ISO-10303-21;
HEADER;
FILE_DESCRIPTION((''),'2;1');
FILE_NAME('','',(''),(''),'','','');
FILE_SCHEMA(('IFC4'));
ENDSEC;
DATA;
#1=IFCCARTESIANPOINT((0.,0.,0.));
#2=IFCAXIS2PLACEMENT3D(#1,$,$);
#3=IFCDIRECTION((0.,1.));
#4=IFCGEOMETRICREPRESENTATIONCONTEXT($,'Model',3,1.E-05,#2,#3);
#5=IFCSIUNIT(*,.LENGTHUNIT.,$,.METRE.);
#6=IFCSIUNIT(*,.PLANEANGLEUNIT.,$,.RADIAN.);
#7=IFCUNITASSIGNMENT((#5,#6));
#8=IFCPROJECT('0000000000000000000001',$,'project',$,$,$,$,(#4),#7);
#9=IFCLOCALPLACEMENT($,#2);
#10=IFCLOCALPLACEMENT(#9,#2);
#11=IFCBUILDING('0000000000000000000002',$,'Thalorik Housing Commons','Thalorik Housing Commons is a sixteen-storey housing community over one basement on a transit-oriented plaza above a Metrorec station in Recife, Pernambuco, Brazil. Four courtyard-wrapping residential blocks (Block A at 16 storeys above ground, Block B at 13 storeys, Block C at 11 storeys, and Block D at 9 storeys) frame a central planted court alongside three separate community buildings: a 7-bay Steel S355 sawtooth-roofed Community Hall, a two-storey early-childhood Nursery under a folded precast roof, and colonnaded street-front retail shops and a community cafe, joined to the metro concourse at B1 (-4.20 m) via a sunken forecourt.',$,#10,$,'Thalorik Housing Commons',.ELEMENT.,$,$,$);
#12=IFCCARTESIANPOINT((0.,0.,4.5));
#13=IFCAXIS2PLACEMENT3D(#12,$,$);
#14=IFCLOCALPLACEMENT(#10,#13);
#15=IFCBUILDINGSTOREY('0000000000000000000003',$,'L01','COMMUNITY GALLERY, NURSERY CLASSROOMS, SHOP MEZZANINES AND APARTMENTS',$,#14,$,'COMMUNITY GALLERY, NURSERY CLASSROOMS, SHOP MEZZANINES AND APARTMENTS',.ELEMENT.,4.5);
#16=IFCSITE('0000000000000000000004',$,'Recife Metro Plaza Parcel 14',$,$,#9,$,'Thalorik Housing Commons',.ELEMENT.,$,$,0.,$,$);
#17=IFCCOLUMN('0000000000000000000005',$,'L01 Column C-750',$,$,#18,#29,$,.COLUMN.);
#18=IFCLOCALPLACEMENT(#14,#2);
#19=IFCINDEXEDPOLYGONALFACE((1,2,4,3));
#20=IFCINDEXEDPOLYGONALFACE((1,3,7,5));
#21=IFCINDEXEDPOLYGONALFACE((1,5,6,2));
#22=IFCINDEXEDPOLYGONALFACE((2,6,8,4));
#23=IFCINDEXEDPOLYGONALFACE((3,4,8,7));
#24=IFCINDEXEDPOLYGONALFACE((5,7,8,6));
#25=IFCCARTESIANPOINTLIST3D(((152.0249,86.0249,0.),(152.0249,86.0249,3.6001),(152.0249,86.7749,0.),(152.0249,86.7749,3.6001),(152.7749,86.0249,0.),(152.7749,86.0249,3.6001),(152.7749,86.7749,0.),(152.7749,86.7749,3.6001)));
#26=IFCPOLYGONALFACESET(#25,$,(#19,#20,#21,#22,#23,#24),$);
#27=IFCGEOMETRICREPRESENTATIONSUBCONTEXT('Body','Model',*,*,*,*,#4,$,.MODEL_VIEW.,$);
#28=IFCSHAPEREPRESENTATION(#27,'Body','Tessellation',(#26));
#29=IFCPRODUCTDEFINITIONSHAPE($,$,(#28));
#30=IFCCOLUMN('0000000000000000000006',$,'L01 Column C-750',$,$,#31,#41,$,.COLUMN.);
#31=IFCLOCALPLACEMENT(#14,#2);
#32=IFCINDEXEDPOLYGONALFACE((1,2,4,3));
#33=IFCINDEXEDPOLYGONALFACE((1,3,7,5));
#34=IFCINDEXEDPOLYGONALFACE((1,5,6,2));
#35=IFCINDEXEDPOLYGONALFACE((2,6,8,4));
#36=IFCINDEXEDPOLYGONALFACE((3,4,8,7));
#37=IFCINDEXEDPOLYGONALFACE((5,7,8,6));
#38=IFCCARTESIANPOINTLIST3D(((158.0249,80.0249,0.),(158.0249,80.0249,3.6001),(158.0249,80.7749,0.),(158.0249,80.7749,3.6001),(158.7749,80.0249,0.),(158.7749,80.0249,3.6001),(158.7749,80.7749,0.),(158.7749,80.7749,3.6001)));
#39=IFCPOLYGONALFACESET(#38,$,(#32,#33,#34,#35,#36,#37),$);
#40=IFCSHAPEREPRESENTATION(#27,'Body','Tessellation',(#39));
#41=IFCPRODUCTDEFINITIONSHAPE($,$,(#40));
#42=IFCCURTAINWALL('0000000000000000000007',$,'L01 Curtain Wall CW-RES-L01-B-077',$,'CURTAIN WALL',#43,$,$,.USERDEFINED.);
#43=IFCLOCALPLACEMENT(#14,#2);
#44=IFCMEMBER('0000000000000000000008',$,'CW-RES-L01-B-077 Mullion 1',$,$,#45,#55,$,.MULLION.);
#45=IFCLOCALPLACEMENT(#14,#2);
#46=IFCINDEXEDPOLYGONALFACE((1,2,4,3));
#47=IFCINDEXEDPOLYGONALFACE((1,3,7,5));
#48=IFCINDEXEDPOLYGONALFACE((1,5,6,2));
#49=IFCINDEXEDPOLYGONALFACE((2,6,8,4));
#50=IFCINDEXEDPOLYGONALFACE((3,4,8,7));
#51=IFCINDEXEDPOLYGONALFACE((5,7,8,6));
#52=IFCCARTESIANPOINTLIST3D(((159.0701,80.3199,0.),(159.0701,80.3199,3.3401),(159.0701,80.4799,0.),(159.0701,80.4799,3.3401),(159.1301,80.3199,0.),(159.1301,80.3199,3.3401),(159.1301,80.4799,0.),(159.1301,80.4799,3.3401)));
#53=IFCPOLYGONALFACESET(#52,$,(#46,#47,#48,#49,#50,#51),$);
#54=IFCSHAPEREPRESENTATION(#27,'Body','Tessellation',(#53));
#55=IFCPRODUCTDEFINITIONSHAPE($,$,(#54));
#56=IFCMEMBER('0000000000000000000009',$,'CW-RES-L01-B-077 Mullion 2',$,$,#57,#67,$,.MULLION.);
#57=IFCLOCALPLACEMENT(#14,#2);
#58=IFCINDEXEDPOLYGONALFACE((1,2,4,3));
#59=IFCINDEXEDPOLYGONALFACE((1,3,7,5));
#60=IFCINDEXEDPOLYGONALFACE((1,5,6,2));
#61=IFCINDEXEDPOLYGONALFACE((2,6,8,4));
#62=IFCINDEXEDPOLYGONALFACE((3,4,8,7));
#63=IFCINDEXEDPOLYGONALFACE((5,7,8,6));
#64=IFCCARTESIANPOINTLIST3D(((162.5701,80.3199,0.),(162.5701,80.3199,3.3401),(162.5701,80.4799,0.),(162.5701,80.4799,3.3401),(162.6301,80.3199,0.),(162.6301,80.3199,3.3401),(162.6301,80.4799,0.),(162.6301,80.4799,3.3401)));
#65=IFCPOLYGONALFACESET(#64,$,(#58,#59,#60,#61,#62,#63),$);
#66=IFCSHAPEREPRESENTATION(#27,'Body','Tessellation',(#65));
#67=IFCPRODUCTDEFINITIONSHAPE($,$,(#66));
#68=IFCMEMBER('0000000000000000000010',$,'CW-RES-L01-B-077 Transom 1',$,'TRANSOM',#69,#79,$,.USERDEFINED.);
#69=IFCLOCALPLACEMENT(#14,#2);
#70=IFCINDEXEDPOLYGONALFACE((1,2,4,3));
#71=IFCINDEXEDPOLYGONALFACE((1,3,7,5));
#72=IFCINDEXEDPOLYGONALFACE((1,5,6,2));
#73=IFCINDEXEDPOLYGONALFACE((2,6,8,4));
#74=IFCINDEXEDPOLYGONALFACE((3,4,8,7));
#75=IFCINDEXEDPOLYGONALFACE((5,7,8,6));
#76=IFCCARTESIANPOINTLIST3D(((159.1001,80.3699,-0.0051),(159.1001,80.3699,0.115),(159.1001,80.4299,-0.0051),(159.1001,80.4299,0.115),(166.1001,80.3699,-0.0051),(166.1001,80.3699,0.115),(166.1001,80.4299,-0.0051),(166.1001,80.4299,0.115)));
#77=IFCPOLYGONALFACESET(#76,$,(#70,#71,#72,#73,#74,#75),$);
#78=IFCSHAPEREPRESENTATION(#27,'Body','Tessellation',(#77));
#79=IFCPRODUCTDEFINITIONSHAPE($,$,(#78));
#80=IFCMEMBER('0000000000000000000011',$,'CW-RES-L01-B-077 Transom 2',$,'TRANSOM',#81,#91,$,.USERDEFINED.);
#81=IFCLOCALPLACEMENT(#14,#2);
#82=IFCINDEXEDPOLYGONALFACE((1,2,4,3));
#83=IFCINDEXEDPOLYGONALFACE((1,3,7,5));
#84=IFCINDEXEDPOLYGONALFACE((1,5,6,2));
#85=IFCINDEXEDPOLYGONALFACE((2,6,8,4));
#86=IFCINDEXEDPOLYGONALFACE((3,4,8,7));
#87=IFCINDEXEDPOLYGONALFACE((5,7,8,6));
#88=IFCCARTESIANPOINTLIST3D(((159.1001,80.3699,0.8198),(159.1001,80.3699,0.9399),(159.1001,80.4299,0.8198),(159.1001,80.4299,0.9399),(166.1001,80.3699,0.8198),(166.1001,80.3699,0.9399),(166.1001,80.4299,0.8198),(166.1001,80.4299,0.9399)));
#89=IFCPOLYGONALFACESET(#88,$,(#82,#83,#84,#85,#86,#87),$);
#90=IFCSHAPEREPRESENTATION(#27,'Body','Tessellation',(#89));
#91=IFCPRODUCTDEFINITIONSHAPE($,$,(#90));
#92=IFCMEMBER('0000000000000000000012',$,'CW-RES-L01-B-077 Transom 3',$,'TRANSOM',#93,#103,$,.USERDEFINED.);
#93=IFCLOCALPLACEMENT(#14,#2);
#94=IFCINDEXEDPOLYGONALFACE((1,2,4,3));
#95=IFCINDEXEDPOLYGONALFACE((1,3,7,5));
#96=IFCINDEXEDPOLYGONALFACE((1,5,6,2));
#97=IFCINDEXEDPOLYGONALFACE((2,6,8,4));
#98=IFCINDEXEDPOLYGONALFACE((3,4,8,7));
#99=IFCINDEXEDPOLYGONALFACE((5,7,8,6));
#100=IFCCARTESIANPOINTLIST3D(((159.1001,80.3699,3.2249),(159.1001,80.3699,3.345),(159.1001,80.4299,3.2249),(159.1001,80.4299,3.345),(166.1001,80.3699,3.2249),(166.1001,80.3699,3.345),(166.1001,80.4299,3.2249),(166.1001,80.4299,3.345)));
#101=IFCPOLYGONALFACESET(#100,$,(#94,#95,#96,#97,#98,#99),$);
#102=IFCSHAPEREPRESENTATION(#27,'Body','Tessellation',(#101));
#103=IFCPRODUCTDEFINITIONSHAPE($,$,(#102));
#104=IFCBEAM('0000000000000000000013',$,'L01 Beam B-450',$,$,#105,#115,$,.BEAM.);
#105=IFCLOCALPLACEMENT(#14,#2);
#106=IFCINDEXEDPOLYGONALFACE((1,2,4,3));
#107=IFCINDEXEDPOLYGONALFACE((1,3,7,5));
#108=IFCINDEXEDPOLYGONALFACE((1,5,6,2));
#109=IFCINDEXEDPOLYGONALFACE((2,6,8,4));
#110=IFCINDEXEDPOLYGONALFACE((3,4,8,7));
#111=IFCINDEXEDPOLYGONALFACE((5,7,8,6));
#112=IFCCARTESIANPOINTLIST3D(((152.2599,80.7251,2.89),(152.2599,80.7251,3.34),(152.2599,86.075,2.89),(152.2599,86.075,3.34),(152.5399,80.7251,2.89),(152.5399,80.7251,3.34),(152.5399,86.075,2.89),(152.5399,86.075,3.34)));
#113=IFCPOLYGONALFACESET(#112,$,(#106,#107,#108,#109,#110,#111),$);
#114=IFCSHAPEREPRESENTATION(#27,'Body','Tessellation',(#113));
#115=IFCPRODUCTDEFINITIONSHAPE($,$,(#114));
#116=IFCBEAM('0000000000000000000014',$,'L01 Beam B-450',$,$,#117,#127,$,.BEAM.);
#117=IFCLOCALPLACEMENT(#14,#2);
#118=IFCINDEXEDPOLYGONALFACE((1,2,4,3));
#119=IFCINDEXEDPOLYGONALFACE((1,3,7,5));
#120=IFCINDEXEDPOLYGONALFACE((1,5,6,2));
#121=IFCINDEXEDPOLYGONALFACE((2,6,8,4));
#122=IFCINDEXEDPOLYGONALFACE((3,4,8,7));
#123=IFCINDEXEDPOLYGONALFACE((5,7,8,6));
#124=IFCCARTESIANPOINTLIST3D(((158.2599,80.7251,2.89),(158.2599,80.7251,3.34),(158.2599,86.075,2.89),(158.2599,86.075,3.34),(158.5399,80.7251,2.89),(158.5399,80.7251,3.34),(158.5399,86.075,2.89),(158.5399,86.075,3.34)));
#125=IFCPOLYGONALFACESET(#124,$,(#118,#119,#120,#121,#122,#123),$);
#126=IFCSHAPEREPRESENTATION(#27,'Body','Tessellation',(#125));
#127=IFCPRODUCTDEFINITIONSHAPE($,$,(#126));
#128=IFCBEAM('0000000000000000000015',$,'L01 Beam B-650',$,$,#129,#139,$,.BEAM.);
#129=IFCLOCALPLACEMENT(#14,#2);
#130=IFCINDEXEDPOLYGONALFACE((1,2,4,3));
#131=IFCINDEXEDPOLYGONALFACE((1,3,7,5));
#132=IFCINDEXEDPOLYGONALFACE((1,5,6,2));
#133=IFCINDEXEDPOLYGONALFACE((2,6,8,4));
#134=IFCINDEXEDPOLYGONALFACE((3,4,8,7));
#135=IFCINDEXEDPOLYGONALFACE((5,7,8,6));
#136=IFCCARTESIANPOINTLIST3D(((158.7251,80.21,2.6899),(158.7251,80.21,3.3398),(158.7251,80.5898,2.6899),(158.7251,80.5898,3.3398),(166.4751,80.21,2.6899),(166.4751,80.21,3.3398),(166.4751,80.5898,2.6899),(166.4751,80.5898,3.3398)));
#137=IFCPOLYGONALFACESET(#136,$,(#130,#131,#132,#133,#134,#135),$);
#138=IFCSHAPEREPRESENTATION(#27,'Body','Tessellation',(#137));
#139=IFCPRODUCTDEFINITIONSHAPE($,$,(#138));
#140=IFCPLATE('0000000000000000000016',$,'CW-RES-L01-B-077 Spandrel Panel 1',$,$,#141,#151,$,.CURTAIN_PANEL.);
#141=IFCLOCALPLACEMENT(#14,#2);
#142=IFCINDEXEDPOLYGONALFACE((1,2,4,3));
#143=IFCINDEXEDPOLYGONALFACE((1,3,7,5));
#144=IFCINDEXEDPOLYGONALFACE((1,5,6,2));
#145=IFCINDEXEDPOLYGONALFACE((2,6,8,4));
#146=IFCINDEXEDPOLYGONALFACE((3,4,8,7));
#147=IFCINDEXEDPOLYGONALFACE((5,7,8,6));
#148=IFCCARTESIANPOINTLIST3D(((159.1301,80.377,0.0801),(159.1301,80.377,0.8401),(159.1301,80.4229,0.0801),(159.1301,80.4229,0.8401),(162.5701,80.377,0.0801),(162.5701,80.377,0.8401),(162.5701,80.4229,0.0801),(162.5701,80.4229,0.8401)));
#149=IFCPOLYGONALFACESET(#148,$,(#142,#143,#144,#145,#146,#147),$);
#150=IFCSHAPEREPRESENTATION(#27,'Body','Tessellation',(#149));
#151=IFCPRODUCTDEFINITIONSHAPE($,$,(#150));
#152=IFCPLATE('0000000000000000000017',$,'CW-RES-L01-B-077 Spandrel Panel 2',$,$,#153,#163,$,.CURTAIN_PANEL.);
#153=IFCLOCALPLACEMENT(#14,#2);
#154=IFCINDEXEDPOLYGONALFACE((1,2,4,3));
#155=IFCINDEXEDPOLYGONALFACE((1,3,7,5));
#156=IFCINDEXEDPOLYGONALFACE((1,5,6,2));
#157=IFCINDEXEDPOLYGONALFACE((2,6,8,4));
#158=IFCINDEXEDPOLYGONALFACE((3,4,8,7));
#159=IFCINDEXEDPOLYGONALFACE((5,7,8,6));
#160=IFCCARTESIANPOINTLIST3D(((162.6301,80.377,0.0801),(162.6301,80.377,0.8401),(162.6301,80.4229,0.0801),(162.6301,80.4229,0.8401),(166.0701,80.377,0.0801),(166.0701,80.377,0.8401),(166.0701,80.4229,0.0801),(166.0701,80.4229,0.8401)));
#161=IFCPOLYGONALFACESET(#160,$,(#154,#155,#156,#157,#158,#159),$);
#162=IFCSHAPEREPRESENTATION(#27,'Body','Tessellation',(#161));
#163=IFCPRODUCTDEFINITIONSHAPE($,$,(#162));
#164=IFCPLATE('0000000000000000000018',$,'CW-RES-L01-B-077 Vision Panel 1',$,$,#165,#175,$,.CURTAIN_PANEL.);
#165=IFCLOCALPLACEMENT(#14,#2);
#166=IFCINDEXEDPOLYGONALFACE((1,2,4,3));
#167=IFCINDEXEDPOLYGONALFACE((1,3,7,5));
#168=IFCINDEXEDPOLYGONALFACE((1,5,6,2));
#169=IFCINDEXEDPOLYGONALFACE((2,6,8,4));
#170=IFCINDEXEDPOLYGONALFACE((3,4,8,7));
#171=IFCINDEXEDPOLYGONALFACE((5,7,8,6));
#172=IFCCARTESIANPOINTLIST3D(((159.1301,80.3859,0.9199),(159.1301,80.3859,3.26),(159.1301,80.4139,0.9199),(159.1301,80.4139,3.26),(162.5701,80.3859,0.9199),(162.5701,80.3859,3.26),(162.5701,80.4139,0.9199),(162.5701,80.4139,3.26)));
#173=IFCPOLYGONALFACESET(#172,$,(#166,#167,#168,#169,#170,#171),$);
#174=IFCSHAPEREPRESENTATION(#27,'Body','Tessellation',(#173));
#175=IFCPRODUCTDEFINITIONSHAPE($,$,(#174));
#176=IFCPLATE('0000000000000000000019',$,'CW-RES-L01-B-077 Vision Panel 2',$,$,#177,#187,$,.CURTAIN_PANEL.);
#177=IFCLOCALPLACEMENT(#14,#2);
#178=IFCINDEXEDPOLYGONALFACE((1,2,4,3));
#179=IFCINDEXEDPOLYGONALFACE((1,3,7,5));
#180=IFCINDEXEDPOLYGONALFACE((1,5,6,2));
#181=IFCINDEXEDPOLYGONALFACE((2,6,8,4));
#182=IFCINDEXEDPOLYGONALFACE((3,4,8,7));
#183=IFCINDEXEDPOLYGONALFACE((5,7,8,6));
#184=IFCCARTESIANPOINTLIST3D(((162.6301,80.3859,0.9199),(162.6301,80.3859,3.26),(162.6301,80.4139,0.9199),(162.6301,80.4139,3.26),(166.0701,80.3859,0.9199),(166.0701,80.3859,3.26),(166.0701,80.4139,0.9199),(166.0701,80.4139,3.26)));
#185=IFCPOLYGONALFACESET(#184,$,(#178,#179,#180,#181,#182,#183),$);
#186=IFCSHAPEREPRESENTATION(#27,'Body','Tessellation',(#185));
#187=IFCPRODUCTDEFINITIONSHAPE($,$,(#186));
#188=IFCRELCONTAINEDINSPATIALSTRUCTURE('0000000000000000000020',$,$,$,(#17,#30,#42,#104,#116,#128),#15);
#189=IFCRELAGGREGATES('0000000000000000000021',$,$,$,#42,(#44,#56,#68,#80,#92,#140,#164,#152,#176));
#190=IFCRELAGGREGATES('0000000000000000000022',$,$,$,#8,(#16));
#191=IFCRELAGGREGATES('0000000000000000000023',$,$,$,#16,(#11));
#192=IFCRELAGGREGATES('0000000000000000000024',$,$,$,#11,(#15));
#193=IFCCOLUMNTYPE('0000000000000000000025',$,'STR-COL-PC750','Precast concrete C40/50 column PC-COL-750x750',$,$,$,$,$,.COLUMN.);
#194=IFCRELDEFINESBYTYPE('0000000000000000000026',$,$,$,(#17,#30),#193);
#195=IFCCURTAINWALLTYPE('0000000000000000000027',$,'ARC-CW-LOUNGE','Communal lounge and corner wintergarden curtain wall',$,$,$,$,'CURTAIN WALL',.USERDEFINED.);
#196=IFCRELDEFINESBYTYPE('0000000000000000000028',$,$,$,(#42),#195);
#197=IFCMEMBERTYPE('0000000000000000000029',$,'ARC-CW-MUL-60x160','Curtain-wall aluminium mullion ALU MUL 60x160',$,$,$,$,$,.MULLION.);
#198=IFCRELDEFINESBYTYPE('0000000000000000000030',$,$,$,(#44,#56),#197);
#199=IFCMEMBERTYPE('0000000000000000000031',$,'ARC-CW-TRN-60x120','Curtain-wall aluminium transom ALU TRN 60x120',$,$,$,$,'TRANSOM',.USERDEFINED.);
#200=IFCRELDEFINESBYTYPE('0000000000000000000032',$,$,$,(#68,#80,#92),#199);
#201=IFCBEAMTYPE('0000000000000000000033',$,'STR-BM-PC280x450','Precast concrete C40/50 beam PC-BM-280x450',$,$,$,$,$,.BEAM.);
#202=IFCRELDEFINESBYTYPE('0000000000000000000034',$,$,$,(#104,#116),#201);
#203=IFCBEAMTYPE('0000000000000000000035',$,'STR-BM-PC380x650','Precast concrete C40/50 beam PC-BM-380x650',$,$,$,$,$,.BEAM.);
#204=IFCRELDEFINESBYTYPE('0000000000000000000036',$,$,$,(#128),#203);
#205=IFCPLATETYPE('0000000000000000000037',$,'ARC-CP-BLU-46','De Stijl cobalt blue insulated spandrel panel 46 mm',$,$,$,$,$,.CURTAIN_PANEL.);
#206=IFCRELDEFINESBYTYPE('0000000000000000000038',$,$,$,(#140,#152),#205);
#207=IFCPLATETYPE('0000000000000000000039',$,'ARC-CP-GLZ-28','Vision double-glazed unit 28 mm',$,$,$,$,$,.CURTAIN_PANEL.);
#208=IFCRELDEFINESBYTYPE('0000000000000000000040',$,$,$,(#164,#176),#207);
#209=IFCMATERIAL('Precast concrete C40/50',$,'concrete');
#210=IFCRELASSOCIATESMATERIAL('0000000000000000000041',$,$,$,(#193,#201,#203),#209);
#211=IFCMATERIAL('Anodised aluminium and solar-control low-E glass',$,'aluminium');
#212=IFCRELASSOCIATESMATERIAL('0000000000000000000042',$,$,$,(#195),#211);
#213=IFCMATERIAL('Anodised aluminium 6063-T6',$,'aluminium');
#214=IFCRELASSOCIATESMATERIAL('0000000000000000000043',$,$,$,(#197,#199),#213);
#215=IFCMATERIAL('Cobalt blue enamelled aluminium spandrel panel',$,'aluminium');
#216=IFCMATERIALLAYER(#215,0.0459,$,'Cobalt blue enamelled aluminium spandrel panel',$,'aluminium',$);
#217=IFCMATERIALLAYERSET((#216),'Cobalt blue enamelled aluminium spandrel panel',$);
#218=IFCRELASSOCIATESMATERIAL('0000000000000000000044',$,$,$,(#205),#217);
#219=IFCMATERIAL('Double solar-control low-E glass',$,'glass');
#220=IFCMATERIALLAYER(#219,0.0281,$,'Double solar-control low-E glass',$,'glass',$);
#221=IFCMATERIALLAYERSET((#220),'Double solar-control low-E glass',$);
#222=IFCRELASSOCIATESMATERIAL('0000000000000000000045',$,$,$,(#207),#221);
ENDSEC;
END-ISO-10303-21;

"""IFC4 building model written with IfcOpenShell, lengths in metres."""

from ifc_helpers import new_model, si_unit, direction, frame, origin, origin_2d, place, context, subcontext, project, spatial, rectangle, extrude, material, layer, layer_set, material_profile, profile_set, type_object, element, aggregate, save


model = new_model("IFC4")

# Units and contexts
model_context = context("Model", 3, precision=1e-05, world=origin(), true_north=direction((0.0, 1.0)))
body_context = subcontext(model_context, "Body", "Model", "MODEL_VIEW")
ifc_project = project(units=[si_unit("LENGTHUNIT", "METRE"), si_unit("PLANEANGLEUNIT", "RADIAN")], contexts=[model_context])

# Site, building, storey
site_placement = place(None, origin())
site = spatial("IfcSite", under=ifc_project, at=site_placement, Name="Recife Metro Plaza Parcel 14", LongName="Thalorik Housing Commons", CompositionType="ELEMENT", RefElevation=0.0)
building_placement = place(site_placement, origin())
building = spatial("IfcBuilding", under=site, at=building_placement, Name="Thalorik Housing Commons", Description="Thalorik Housing Commons is a sixteen-storey housing community over one basement on a transit-oriented plaza above a Metrorec station in Recife, Pernambuco, Brazil. Four courtyard-wrapping residential blocks (Block A at 16 storeys above ground, Block B at 13 storeys, Block C at 11 storeys, and Block D at 9 storeys) frame a central planted court alongside three separate community buildings: a 7-bay Steel S355 sawtooth-roofed Community Hall, a two-storey early-childhood Nursery under a folded precast roof, and colonnaded street-front retail shops and a community cafe, joined to the metro concourse at B1 (-4.20 m) via a sunken forecourt.", LongName="Thalorik Housing Commons", CompositionType="ELEMENT")
storey_placement = place(building_placement, frame((0.0, 0.0, 4.5)))
storey = spatial("IfcBuildingStorey", under=building, at=storey_placement, Name="L01", Description="COMMUNITY GALLERY, NURSERY CLASSROOMS, SHOP MEZZANINES AND APARTMENTS", LongName="COMMUNITY GALLERY, NURSERY CLASSROOMS, SHOP MEZZANINES AND APARTMENTS", CompositionType="ELEMENT", Elevation=4.5)

# Columns
ifc_material_1 = material(Name="Precast concrete C40/50", Category="concrete")
ifc_material_profile_1 = material_profile(ifc_material_1, rectangle(XDim=0.75, YDim=0.75, at=origin_2d()), Name="PC 750x750", Category="concrete")
ifc_profile_set_1 = profile_set([ifc_material_profile_1], Name="Precast concrete C40/50")
column_type = type_object("IfcColumnType", Name="STR-COL-PC750", Description="Precast concrete C40/50 column PC-COL-750x750", PredefinedType="COLUMN", material=ifc_profile_set_1)
for number, where, z_axis, x_axis, name in (
    (1, (152.3999, 86.3999, 0.0), (0.0, 0.0, 1.0), (1.0, 0.0, 0.0), "L01 Column C-750"),
    (2, (158.3999, 80.3999, 0.0), (0.0, 0.0, 1.0), (1.0, 0.0, 0.0), "L01 Column C-750"),
):
    element("IfcColumn", number, at=place(storey_placement, frame(where, z_axis=z_axis, x_axis=x_axis)), inside=storey, type_object=column_type, Name=name, PredefinedType="COLUMN", context=body_context, shape_type="SweptSolid", body=[
        extrude(rectangle(XDim=0.75, YDim=0.75, at=origin_2d()), origin(), (0.0, 0.0, 1.0), 3.6001),
    ])

# Curtain wall, members
ifc_material_2 = material(Name="Anodised aluminium and solar-control low-E glass", Category="aluminium")
curtain_wall_type = type_object("IfcCurtainWallType", Name="ARC-CW-LOUNGE", Description="Communal lounge and corner wintergarden curtain wall", ElementType="CURTAIN WALL", PredefinedType="USERDEFINED", material=ifc_material_2)
curtain_wall_placement = place(storey_placement, origin())
curtain_wall = element("IfcCurtainWall", 3, at=curtain_wall_placement, inside=storey, type_object=curtain_wall_type, Name="L01 Curtain Wall CW-RES-L01-B-077", ObjectType="CURTAIN WALL", PredefinedType="USERDEFINED")
ifc_material_3 = material(Name="Anodised aluminium 6063-T6", Category="aluminium")
ifc_material_profile_2 = material_profile(ifc_material_3, rectangle(XDim=0.0601, YDim=0.1599, at=origin_2d()), Name="ALU MUL 60x160", Category="aluminium")
ifc_profile_set_2 = profile_set([ifc_material_profile_2], Name="Anodised aluminium 6063-T6")
member_type_1 = type_object("IfcMemberType", Name="ARC-CW-MUL-60x160", Description="Curtain-wall aluminium mullion ALU MUL 60x160", PredefinedType="MULLION", material=ifc_profile_set_2)
member_1_placement = place(storey_placement, frame((159.1001, 80.3999, 0.0), z_axis=(0.0, 0.0, 1.0), x_axis=(1.0, 0.0, 0.0)))
member_1 = element("IfcMember", 4, at=member_1_placement, type_object=member_type_1, Name="CW-RES-L01-B-077 Mullion 1", PredefinedType="MULLION", context=body_context, shape_type="SweptSolid", body=[
    extrude(rectangle(XDim=0.0601, YDim=0.1599, at=origin_2d()), origin(), (0.0, 0.0, 1.0), 3.3401),
])
member_2_placement = place(storey_placement, frame((162.6001, 80.3999, 0.0), z_axis=(0.0, 0.0, 1.0), x_axis=(1.0, 0.0, 0.0)))
member_2 = element("IfcMember", 5, at=member_2_placement, type_object=member_type_1, Name="CW-RES-L01-B-077 Mullion 2", PredefinedType="MULLION", context=body_context, shape_type="SweptSolid", body=[
    extrude(rectangle(XDim=0.0601, YDim=0.1599, at=origin_2d()), origin(), (0.0, 0.0, 1.0), 3.3401),
])
ifc_material_profile_3 = material_profile(ifc_material_3, rectangle(XDim=0.0601, YDim=0.1201, at=origin_2d()), Name="ALU TRN 60x120", Category="aluminium")
ifc_profile_set_3 = profile_set([ifc_material_profile_3], Name="Anodised aluminium 6063-T6")
member_type_2 = type_object("IfcMemberType", Name="ARC-CW-TRN-60x120", Description="Curtain-wall aluminium transom ALU TRN 60x120", ElementType="TRANSOM", PredefinedType="USERDEFINED", material=ifc_profile_set_3)
member_3_placement = place(storey_placement, frame((159.1001, 80.3999, 0.0549), z_axis=(1.0, 0.0, 0.0), x_axis=(0.0, 1.0, 0.0)))
member_3 = element("IfcMember", 6, at=member_3_placement, type_object=member_type_2, Name="CW-RES-L01-B-077 Transom 1", ObjectType="TRANSOM", PredefinedType="USERDEFINED", context=body_context, shape_type="SweptSolid", body=[
    extrude(rectangle(XDim=0.0601, YDim=0.1201, at=origin_2d()), origin(), (0.0, 0.0, 1.0), 7.0),
])
member_4_placement = place(storey_placement, frame((159.1001, 80.3999, 0.8799), z_axis=(1.0, 0.0, 0.0), x_axis=(0.0, 1.0, 0.0)))
member_4 = element("IfcMember", 7, at=member_4_placement, type_object=member_type_2, Name="CW-RES-L01-B-077 Transom 2", ObjectType="TRANSOM", PredefinedType="USERDEFINED", context=body_context, shape_type="SweptSolid", body=[
    extrude(rectangle(XDim=0.0601, YDim=0.1201, at=origin_2d()), origin(), (0.0, 0.0, 1.0), 7.0),
])
member_5_placement = place(storey_placement, frame((159.1001, 80.3999, 3.2849), z_axis=(1.0, 0.0, 0.0), x_axis=(0.0, 1.0, 0.0)))
member_5 = element("IfcMember", 8, at=member_5_placement, type_object=member_type_2, Name="CW-RES-L01-B-077 Transom 3", ObjectType="TRANSOM", PredefinedType="USERDEFINED", context=body_context, shape_type="SweptSolid", body=[
    extrude(rectangle(XDim=0.0601, YDim=0.1201, at=origin_2d()), origin(), (0.0, 0.0, 1.0), 7.0),
])

# Beams
ifc_material_profile_4 = material_profile(ifc_material_1, rectangle(XDim=0.28, YDim=0.45, at=origin_2d()), Name="PC 280x450", Category="concrete")
ifc_profile_set_4 = profile_set([ifc_material_profile_4], Name="Precast concrete C40/50")
beam_type_1 = type_object("IfcBeamType", Name="STR-BM-PC280x450", Description="Precast concrete C40/50 beam PC-BM-280x450", PredefinedType="BEAM", material=ifc_profile_set_4)
for number, where, z_axis, x_axis, name in (
    (9, (152.3999, 80.7251, 3.115), (0.0, 1.0, 0.0), (-1.0, 0.0, 0.0), "L01 Beam B-450"),
    (10, (158.3999, 80.7251, 3.115), (0.0, 1.0, 0.0), (-1.0, 0.0, 0.0), "L01 Beam B-450"),
):
    element("IfcBeam", number, at=place(storey_placement, frame(where, z_axis=z_axis, x_axis=x_axis)), inside=storey, type_object=beam_type_1, Name=name, PredefinedType="BEAM", context=body_context, shape_type="SweptSolid", body=[
        extrude(rectangle(XDim=0.28, YDim=0.45, at=origin_2d()), origin(), (0.0, 0.0, 1.0), 5.3499),
    ])
ifc_material_profile_5 = material_profile(ifc_material_1, rectangle(XDim=0.3799, YDim=0.6499, at=origin_2d()), Name="PC 380x650", Category="concrete")
ifc_profile_set_5 = profile_set([ifc_material_profile_5], Name="Precast concrete C40/50")
beam_type_2 = type_object("IfcBeamType", Name="STR-BM-PC380x650", Description="Precast concrete C40/50 beam PC-BM-380x650", PredefinedType="BEAM", material=ifc_profile_set_5)
beam_placement = place(storey_placement, frame((158.7251, 80.3999, 3.0149), z_axis=(1.0, 0.0, 0.0), x_axis=(0.0, 1.0, 0.0)))
element("IfcBeam", 11, at=beam_placement, inside=storey, type_object=beam_type_2, Name="L01 Beam B-650", PredefinedType="BEAM", context=body_context, shape_type="SweptSolid", body=[
    extrude(rectangle(XDim=0.3799, YDim=0.6499, at=origin_2d()), origin(), (0.0, 0.0, 1.0), 7.75),
])

# Plates
ifc_material_4 = material(Name="Cobalt blue enamelled aluminium spandrel panel", Category="aluminium")
ifc_layer_1 = layer(ifc_material_4, 0.0459, Name="Cobalt blue enamelled aluminium spandrel panel", Category="aluminium")
ifc_layer_set_1 = layer_set([ifc_layer_1], Name="Cobalt blue enamelled aluminium spandrel panel")
plate_type_1 = type_object("IfcPlateType", Name="ARC-CP-BLU-46", Description="De Stijl cobalt blue insulated spandrel panel 46 mm", PredefinedType="CURTAIN_PANEL", material=ifc_layer_set_1)
plate_1_placement = place(storey_placement, frame((160.8501, 80.3999, 0.0801), z_axis=(0.0, 0.0, 1.0), x_axis=(1.0, 0.0, 0.0)))
plate_1 = element("IfcPlate", 12, at=plate_1_placement, type_object=plate_type_1, Name="CW-RES-L01-B-077 Spandrel Panel 1", PredefinedType="CURTAIN_PANEL", context=body_context, shape_type="SweptSolid", body=[
    extrude(rectangle(XDim=3.4399, YDim=0.0459, at=origin_2d()), origin(), (0.0, 0.0, 1.0), 0.76),
])
plate_2_placement = place(storey_placement, frame((164.3501, 80.3999, 0.0801), z_axis=(0.0, 0.0, 1.0), x_axis=(1.0, 0.0, 0.0)))
plate_2 = element("IfcPlate", 13, at=plate_2_placement, type_object=plate_type_1, Name="CW-RES-L01-B-077 Spandrel Panel 2", PredefinedType="CURTAIN_PANEL", context=body_context, shape_type="SweptSolid", body=[
    extrude(rectangle(XDim=3.4399, YDim=0.0459, at=origin_2d()), origin(), (0.0, 0.0, 1.0), 0.76),
])
ifc_material_5 = material(Name="Double solar-control low-E glass", Category="glass")
ifc_layer_2 = layer(ifc_material_5, 0.0281, Name="Double solar-control low-E glass", Category="glass")
ifc_layer_set_2 = layer_set([ifc_layer_2], Name="Double solar-control low-E glass")
plate_type_2 = type_object("IfcPlateType", Name="ARC-CP-GLZ-28", Description="Vision double-glazed unit 28 mm", PredefinedType="CURTAIN_PANEL", material=ifc_layer_set_2)
plate_3_placement = place(storey_placement, frame((160.8501, 80.3999, 0.9199), z_axis=(0.0, 0.0, 1.0), x_axis=(1.0, 0.0, 0.0)))
plate_3 = element("IfcPlate", 14, at=plate_3_placement, type_object=plate_type_2, Name="CW-RES-L01-B-077 Vision Panel 1", PredefinedType="CURTAIN_PANEL", context=body_context, shape_type="SweptSolid", body=[
    extrude(rectangle(XDim=3.4399, YDim=0.0281, at=origin_2d()), origin(), (0.0, 0.0, 1.0), 2.3401),
])
plate_4_placement = place(storey_placement, frame((164.3501, 80.3999, 0.9199), z_axis=(0.0, 0.0, 1.0), x_axis=(1.0, 0.0, 0.0)))
plate_4 = element("IfcPlate", 15, at=plate_4_placement, type_object=plate_type_2, Name="CW-RES-L01-B-077 Vision Panel 2", PredefinedType="CURTAIN_PANEL", context=body_context, shape_type="SweptSolid", body=[
    extrude(rectangle(XDim=3.4399, YDim=0.0281, at=origin_2d()), origin(), (0.0, 0.0, 1.0), 2.3401),
])
aggregate(curtain_wall, [member_1, member_2, member_3, member_4, member_5, plate_1, plate_3, plate_2, plate_4])

save(model, "model.ifc")
